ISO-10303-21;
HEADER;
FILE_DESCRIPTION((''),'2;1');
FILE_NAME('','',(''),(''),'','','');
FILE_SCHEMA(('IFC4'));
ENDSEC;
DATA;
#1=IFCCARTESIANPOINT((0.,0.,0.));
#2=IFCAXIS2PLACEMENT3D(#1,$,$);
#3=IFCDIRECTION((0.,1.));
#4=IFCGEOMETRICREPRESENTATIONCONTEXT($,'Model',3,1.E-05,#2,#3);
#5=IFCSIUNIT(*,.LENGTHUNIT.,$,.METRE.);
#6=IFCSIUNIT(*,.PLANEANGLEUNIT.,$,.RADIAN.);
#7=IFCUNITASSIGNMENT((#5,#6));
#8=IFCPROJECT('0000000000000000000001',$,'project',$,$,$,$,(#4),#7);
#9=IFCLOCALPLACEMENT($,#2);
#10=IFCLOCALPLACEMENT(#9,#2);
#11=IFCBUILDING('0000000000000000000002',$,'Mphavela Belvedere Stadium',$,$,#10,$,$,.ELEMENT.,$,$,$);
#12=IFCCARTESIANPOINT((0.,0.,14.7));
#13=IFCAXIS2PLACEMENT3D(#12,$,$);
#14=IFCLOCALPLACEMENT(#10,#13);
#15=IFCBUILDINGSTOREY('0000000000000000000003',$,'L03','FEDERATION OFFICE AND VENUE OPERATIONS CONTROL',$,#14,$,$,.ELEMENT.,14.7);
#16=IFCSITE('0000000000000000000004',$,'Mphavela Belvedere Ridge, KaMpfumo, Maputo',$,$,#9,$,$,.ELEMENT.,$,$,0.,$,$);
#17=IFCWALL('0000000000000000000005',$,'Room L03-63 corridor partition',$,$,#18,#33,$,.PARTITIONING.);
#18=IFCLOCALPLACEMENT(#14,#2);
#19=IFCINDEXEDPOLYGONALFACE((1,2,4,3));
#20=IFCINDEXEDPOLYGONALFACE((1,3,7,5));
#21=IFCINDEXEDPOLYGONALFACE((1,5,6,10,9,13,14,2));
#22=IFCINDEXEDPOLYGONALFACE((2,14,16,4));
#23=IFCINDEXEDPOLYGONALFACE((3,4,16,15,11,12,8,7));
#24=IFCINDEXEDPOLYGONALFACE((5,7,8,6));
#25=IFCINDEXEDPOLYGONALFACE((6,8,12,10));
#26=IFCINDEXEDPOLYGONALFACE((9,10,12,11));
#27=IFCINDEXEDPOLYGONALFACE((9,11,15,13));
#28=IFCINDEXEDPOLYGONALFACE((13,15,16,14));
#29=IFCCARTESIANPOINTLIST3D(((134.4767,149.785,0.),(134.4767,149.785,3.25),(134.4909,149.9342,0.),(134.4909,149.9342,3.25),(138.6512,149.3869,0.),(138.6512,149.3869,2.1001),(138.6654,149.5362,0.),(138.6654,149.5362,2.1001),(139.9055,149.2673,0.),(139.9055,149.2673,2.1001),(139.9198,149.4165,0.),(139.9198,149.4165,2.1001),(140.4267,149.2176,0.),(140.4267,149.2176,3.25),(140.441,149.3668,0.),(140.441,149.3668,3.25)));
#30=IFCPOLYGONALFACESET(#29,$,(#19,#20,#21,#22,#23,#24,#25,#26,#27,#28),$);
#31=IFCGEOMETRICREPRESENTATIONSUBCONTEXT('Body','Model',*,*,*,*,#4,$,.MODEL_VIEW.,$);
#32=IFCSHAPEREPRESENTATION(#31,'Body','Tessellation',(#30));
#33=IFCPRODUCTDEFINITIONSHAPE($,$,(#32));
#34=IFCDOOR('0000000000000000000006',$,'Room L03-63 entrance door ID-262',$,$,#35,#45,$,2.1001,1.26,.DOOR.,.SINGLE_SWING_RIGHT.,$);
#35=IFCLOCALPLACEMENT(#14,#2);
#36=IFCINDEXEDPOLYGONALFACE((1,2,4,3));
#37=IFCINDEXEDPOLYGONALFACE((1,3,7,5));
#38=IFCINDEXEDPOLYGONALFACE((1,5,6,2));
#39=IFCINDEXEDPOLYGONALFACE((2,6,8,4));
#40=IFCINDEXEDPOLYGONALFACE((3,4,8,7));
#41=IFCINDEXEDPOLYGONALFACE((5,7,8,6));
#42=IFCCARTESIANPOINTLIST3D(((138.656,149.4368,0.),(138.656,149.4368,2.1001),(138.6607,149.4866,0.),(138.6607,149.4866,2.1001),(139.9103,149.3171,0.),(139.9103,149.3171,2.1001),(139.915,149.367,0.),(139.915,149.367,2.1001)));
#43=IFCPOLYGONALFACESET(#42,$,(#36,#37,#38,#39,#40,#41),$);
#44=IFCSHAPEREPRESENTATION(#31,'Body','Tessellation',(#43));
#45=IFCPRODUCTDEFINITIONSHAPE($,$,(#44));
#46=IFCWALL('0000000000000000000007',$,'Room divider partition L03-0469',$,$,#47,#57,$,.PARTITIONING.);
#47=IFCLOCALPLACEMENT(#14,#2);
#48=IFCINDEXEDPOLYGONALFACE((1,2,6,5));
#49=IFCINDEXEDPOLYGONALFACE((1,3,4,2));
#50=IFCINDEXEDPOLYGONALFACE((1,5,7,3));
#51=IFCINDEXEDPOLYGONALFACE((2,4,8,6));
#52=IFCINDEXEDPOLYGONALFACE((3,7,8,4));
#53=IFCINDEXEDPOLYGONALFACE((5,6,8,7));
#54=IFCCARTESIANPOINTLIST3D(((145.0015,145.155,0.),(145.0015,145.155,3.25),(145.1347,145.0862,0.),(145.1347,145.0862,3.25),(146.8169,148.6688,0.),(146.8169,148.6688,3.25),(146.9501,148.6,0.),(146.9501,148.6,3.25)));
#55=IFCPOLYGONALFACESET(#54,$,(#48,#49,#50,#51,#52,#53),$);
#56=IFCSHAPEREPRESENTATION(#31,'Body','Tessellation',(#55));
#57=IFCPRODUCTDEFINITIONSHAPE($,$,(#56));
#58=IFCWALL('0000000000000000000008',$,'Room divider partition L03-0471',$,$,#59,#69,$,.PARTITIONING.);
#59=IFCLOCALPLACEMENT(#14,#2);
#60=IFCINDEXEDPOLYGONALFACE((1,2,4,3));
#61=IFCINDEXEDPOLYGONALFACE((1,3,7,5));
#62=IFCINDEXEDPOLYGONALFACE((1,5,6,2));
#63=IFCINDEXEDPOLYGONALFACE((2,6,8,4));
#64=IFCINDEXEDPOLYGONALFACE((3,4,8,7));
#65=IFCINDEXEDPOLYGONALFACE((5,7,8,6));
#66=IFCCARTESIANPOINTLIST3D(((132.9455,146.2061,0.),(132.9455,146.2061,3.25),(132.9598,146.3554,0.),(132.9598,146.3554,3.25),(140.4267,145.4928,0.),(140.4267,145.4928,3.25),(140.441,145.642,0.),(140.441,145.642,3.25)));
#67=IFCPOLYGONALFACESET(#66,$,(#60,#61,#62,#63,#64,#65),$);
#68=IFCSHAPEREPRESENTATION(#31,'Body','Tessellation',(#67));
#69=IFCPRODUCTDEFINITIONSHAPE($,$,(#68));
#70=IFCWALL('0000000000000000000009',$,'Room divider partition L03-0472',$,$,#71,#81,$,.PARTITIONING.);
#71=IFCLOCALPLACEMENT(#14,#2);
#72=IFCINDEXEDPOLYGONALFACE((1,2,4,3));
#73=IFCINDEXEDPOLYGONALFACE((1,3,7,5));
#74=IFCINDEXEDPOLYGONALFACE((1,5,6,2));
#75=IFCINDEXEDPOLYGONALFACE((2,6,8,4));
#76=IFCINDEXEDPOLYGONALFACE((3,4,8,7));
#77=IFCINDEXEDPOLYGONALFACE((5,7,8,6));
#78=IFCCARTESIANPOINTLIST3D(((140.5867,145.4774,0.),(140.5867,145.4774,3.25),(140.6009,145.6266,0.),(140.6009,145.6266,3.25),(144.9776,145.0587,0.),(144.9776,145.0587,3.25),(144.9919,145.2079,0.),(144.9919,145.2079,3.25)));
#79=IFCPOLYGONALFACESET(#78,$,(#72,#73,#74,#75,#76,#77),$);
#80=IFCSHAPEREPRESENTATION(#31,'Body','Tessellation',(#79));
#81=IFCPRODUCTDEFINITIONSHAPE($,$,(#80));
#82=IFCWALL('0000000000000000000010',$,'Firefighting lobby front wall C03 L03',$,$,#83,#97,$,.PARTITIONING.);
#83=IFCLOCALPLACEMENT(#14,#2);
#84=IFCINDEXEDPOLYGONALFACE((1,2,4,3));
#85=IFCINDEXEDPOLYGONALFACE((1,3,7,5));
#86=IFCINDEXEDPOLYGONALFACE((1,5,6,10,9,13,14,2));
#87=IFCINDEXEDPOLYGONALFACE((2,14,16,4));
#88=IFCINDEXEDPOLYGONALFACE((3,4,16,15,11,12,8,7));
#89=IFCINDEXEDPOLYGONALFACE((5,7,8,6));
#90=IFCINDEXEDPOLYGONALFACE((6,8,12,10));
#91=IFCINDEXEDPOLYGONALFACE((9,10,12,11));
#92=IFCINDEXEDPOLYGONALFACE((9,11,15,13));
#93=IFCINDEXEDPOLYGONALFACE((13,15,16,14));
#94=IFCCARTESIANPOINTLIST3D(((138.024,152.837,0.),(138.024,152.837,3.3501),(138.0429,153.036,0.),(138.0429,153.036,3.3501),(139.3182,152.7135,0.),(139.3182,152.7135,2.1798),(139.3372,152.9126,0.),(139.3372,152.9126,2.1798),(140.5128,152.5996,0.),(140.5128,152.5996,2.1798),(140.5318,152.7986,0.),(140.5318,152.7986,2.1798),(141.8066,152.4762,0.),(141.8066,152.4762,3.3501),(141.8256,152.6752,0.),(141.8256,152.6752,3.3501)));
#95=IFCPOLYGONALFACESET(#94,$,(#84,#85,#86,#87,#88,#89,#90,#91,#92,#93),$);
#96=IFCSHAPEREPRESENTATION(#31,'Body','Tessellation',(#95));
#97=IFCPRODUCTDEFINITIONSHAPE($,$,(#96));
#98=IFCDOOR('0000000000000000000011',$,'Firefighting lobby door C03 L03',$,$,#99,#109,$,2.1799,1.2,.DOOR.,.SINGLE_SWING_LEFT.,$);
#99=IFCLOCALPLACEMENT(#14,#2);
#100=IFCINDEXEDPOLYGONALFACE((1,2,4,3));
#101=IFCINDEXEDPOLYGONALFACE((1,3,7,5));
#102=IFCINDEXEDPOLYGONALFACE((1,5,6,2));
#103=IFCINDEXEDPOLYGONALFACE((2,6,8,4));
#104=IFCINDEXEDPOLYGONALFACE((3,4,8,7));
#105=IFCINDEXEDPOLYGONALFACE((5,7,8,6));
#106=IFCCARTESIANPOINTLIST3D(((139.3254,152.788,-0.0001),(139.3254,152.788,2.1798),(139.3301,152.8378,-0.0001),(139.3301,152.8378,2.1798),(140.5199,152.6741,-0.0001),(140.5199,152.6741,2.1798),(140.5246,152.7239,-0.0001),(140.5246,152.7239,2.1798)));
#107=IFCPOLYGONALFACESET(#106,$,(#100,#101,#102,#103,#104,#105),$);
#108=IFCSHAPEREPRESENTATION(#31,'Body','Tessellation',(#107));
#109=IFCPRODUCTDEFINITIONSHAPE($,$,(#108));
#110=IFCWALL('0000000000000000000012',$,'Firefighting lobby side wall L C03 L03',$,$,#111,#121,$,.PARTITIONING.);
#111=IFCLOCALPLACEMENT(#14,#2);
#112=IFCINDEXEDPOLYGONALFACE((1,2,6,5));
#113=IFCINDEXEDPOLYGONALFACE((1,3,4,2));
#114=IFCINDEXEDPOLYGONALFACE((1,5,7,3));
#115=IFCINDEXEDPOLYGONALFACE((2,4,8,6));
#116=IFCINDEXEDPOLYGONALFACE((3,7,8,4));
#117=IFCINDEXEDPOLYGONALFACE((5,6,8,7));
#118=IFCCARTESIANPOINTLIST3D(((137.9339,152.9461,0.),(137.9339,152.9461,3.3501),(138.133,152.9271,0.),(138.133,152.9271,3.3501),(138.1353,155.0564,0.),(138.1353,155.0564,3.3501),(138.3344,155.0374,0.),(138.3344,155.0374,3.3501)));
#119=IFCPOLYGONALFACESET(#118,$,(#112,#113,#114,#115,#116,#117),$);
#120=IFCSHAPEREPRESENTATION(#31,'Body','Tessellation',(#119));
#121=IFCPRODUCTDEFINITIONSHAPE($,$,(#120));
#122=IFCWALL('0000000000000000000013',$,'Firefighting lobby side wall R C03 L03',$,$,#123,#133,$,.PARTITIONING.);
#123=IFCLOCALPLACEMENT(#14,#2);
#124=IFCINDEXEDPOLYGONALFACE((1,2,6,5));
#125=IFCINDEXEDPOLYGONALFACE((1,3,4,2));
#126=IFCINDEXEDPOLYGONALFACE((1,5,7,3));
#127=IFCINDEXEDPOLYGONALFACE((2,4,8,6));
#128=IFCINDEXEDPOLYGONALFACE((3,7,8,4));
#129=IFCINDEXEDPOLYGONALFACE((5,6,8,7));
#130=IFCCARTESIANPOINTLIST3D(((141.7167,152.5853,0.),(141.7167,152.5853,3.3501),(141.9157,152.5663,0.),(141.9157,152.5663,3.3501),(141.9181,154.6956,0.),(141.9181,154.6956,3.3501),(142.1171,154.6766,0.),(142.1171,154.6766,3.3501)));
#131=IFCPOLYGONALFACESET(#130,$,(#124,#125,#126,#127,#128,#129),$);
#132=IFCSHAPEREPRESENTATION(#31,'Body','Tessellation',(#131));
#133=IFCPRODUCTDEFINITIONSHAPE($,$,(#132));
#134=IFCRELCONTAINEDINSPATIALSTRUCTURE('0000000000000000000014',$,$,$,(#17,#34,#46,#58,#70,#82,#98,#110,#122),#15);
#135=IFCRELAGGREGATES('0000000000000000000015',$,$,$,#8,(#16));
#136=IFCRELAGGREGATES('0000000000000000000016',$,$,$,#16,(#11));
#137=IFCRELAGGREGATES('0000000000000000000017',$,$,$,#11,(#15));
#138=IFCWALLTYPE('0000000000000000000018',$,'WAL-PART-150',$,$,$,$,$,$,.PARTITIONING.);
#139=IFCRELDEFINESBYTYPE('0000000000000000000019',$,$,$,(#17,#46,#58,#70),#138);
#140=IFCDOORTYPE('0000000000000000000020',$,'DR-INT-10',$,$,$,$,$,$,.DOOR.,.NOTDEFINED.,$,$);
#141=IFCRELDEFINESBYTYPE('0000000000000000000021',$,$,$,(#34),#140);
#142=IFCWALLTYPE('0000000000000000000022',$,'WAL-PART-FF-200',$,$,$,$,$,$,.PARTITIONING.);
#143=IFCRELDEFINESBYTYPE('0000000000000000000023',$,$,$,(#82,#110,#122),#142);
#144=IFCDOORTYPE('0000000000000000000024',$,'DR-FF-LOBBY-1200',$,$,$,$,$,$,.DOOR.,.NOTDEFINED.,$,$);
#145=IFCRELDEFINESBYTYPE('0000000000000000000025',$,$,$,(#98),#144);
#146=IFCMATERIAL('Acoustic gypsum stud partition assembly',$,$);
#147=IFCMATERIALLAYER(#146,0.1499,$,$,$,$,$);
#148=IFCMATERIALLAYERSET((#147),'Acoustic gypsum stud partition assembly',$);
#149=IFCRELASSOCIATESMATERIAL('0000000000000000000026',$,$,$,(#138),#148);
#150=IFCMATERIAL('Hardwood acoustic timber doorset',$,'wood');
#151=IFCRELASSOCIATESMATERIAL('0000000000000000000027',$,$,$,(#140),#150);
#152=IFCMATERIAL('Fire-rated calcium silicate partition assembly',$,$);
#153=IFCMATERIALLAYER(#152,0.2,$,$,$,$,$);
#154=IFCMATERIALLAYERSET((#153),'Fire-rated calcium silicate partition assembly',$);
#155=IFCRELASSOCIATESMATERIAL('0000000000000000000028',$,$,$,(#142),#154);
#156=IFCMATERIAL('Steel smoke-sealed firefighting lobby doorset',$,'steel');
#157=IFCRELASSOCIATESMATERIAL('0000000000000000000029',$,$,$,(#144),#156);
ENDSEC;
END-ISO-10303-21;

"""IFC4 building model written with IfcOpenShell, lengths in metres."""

from ifc_helpers import new_model, si_unit, direction, frame, frame_2d, origin, place, context, subcontext, project, spatial, rectangle, extrude, material, layer, layer_set, type_object, element, fill, save


model = new_model("IFC4")

# Units and contexts
model_context = context("Model", 3, precision=1e-05, world=origin(), true_north=direction((0.0, 1.0)))
body_context = subcontext(model_context, "Body", "Model", "MODEL_VIEW")
ifc_project = project(units=[si_unit("LENGTHUNIT", "METRE"), si_unit("PLANEANGLEUNIT", "RADIAN")], contexts=[model_context])

# Site, building, storey
site_placement = place(None, origin())
site = spatial("IfcSite", under=ifc_project, at=site_placement, Name="Mphavela Belvedere Ridge, KaMpfumo, Maputo", CompositionType="ELEMENT", RefElevation=0.0)
building_placement = place(site_placement, origin())
building = spatial("IfcBuilding", under=site, at=building_placement, Name="Mphavela Belvedere Stadium", CompositionType="ELEMENT")
storey_placement = place(building_placement, frame((0.0, 0.0, 14.7)))
storey = spatial("IfcBuildingStorey", under=building, at=storey_placement, Name="L03", Description="FEDERATION OFFICE AND VENUE OPERATIONS CONTROL", CompositionType="ELEMENT", Elevation=14.7)

# Wall, opening, door
ifc_material_1 = material(Name="Acoustic gypsum stud partition assembly")
ifc_layer_1 = layer(ifc_material_1, 0.1499)
ifc_layer_set_1 = layer_set([ifc_layer_1], Name="Acoustic gypsum stud partition assembly")
wall_type_1 = type_object("IfcWallType", Name="WAL-PART-150", PredefinedType="PARTITIONING", material=ifc_layer_set_1)
wall_1_placement = place(storey_placement, frame((140.4338, 149.2922, 0.0), z_axis=(0.0, 0.0, 1.0), x_axis=(-0.995484, 0.094929, 0.0)))
wall_1 = element("IfcWall", 1, at=wall_1_placement, inside=storey, type_object=wall_type_1, Name="Room L03-63 corridor partition", PredefinedType="PARTITIONING", context=body_context, shape_type="SweptSolid", body=[
    extrude(rectangle(XDim=5.9771, YDim=0.1499, at=frame_2d((2.9885, 0.0))), origin(), (0.0, 0.0, 1.0), 3.25),
])
opening_1_placement = place(wall_1_placement, frame((0.5237, 0.0, 0.0)))
opening_1 = element("IfcOpeningElement", 2, at=opening_1_placement, cuts=wall_1, PredefinedType="OPENING", context=body_context, shape_type="SweptSolid", body=[
    extrude(rectangle(XDim=1.26, YDim=2.1001, at=frame_2d((0.6299, 1.05))), frame((0.0, 0.085, 0.0), z_axis=(0.0, -1.0, 0.0), x_axis=(1.0, 0.0, 0.0)), (0.0, 0.0, 1.0), 0.1699),
])
ifc_material_2 = material(Name="Hardwood acoustic timber doorset", Category="wood")
door_type_1 = type_object("IfcDoorType", Name="DR-INT-10", OperationType="NOTDEFINED", PredefinedType="DOOR", material=ifc_material_2)
door_1_placement = place(opening_1_placement, origin())
door_1 = element("IfcDoor", 3, at=door_1_placement, inside=storey, type_object=door_type_1, Name="Room L03-63 entrance door ID-262", OperationType="SINGLE_SWING_RIGHT", OverallHeight=2.1001, OverallWidth=1.26, PredefinedType="DOOR", context=body_context, shape_type="SweptSolid", body=[
    extrude(rectangle(XDim=1.26, YDim=2.1001, at=frame_2d((0.6299, 1.05))), frame((0.0, 0.0249, 0.0), z_axis=(0.0, -1.0, 0.0), x_axis=(1.0, 0.0, 0.0)), (0.0, 0.0, 1.0), 0.05),
])
fill(opening_1, door_1)

# Walls
wall_2_placement = place(storey_placement, frame((145.0681, 145.1206, 0.0), z_axis=(0.0, 0.0, 1.0), x_axis=(0.459001, 0.888436, 0.0)))
element("IfcWall", 4, at=wall_2_placement, inside=storey, type_object=wall_type_1, Name="Room divider partition L03-0469", PredefinedType="PARTITIONING", context=body_context, shape_type="SweptSolid", body=[
    extrude(rectangle(XDim=3.9551, YDim=0.1499, at=frame_2d((1.9775, 0.0))), origin(), (0.0, 0.0, 1.0), 3.25),
])
wall_3_placement = place(storey_placement, frame((140.4338, 145.5674, 0.0), z_axis=(0.0, 0.0, 1.0), x_axis=(-0.995484, 0.094926, 0.0)))
element("IfcWall", 5, at=wall_3_placement, inside=storey, type_object=wall_type_1, Name="Room divider partition L03-0471", PredefinedType="PARTITIONING", context=body_context, shape_type="SweptSolid", body=[
    extrude(rectangle(XDim=7.5151, YDim=0.1499, at=frame_2d((3.7576, 0.0))), origin(), (0.0, 0.0, 1.0), 3.25),
])
wall_4_placement = place(storey_placement, frame((144.9849, 145.1333, 0.0), z_axis=(0.0, 0.0, 1.0), x_axis=(-0.995484, 0.094927, 0.0)))
element("IfcWall", 6, at=wall_4_placement, inside=storey, type_object=wall_type_1, Name="Room divider partition L03-0472", PredefinedType="PARTITIONING", context=body_context, shape_type="SweptSolid", body=[
    extrude(rectangle(XDim=4.4109, YDim=0.1499, at=frame_2d((2.2056, 0.0))), origin(), (0.0, 0.0, 1.0), 3.25),
])

# Wall, opening, door
ifc_material_3 = material(Name="Fire-rated calcium silicate partition assembly")
ifc_layer_2 = layer(ifc_material_3, 0.2)
ifc_layer_set_2 = layer_set([ifc_layer_2], Name="Fire-rated calcium silicate partition assembly")
wall_type_2 = type_object("IfcWallType", Name="WAL-PART-FF-200", PredefinedType="PARTITIONING", material=ifc_layer_set_2)
wall_5_placement = place(storey_placement, frame((138.0334, 152.9365, 0.0), z_axis=(0.0, 0.0, 1.0), x_axis=(0.995481, -0.094961, 0.0)))
wall_5 = element("IfcWall", 7, at=wall_5_placement, inside=storey, type_object=wall_type_2, Name="Firefighting lobby front wall C03 L03", PredefinedType="PARTITIONING", context=body_context, shape_type="SweptSolid", body=[
    extrude(rectangle(XDim=3.7998, YDim=0.2, at=frame_2d((1.8999, 0.0))), origin(), (0.0, 0.0, 1.0), 3.3501),
])
opening_2_placement = place(wall_5_placement, frame((1.3, 0.0, 0.0)))
opening_2 = element("IfcOpeningElement", 8, at=opening_2_placement, cuts=wall_5, PredefinedType="OPENING", context=body_context, shape_type="SweptSolid", body=[
    extrude(rectangle(XDim=1.2, YDim=2.1799, at=frame_2d((0.6001, 1.0898))), frame((0.0, 0.1099, 0.0), z_axis=(0.0, -1.0, 0.0), x_axis=(1.0, 0.0, 0.0)), (0.0, 0.0, 1.0), 0.22),
])
ifc_material_4 = material(Name="Steel smoke-sealed firefighting lobby doorset", Category="steel")
door_type_2 = type_object("IfcDoorType", Name="DR-FF-LOBBY-1200", OperationType="NOTDEFINED", PredefinedType="DOOR", material=ifc_material_4)
door_2_placement = place(opening_2_placement, origin())
door_2 = element("IfcDoor", 9, at=door_2_placement, inside=storey, type_object=door_type_2, Name="Firefighting lobby door C03 L03", OperationType="SINGLE_SWING_LEFT", OverallHeight=2.1799, OverallWidth=1.2, PredefinedType="DOOR", context=body_context, shape_type="SweptSolid", body=[
    extrude(rectangle(XDim=1.2, YDim=2.1799, at=frame_2d((0.6001, 1.0898))), frame((0.0, 0.0249, 0.0), z_axis=(0.0, -1.0, 0.0), x_axis=(1.0, 0.0, 0.0)), (0.0, 0.0, 1.0), 0.05),
])
fill(opening_2, door_2)

# Walls
for number, where, z_axis, x_axis, name in (
    (10, (138.0334, 152.9365, 0.0), (0.0, 0.0, 1.0), (0.09501, 0.995476, 0.0), "Firefighting lobby side wall L C03 L03"),
    (11, (141.8162, 152.5757, 0.0), (0.0, 0.0, 1.0), (0.09501, 0.995476, 0.0), "Firefighting lobby side wall R C03 L03"),
):
    element("IfcWall", number, at=place(storey_placement, frame(where, z_axis=z_axis, x_axis=x_axis)), inside=storey, type_object=wall_type_2, Name=name, PredefinedType="PARTITIONING", context=body_context, shape_type="SweptSolid", body=[
        extrude(rectangle(XDim=2.1199, YDim=0.2, at=frame_2d((1.0601, 0.0))), origin(), (0.0, 0.0, 1.0), 3.3501),
    ])

save(model, "model.ifc")
